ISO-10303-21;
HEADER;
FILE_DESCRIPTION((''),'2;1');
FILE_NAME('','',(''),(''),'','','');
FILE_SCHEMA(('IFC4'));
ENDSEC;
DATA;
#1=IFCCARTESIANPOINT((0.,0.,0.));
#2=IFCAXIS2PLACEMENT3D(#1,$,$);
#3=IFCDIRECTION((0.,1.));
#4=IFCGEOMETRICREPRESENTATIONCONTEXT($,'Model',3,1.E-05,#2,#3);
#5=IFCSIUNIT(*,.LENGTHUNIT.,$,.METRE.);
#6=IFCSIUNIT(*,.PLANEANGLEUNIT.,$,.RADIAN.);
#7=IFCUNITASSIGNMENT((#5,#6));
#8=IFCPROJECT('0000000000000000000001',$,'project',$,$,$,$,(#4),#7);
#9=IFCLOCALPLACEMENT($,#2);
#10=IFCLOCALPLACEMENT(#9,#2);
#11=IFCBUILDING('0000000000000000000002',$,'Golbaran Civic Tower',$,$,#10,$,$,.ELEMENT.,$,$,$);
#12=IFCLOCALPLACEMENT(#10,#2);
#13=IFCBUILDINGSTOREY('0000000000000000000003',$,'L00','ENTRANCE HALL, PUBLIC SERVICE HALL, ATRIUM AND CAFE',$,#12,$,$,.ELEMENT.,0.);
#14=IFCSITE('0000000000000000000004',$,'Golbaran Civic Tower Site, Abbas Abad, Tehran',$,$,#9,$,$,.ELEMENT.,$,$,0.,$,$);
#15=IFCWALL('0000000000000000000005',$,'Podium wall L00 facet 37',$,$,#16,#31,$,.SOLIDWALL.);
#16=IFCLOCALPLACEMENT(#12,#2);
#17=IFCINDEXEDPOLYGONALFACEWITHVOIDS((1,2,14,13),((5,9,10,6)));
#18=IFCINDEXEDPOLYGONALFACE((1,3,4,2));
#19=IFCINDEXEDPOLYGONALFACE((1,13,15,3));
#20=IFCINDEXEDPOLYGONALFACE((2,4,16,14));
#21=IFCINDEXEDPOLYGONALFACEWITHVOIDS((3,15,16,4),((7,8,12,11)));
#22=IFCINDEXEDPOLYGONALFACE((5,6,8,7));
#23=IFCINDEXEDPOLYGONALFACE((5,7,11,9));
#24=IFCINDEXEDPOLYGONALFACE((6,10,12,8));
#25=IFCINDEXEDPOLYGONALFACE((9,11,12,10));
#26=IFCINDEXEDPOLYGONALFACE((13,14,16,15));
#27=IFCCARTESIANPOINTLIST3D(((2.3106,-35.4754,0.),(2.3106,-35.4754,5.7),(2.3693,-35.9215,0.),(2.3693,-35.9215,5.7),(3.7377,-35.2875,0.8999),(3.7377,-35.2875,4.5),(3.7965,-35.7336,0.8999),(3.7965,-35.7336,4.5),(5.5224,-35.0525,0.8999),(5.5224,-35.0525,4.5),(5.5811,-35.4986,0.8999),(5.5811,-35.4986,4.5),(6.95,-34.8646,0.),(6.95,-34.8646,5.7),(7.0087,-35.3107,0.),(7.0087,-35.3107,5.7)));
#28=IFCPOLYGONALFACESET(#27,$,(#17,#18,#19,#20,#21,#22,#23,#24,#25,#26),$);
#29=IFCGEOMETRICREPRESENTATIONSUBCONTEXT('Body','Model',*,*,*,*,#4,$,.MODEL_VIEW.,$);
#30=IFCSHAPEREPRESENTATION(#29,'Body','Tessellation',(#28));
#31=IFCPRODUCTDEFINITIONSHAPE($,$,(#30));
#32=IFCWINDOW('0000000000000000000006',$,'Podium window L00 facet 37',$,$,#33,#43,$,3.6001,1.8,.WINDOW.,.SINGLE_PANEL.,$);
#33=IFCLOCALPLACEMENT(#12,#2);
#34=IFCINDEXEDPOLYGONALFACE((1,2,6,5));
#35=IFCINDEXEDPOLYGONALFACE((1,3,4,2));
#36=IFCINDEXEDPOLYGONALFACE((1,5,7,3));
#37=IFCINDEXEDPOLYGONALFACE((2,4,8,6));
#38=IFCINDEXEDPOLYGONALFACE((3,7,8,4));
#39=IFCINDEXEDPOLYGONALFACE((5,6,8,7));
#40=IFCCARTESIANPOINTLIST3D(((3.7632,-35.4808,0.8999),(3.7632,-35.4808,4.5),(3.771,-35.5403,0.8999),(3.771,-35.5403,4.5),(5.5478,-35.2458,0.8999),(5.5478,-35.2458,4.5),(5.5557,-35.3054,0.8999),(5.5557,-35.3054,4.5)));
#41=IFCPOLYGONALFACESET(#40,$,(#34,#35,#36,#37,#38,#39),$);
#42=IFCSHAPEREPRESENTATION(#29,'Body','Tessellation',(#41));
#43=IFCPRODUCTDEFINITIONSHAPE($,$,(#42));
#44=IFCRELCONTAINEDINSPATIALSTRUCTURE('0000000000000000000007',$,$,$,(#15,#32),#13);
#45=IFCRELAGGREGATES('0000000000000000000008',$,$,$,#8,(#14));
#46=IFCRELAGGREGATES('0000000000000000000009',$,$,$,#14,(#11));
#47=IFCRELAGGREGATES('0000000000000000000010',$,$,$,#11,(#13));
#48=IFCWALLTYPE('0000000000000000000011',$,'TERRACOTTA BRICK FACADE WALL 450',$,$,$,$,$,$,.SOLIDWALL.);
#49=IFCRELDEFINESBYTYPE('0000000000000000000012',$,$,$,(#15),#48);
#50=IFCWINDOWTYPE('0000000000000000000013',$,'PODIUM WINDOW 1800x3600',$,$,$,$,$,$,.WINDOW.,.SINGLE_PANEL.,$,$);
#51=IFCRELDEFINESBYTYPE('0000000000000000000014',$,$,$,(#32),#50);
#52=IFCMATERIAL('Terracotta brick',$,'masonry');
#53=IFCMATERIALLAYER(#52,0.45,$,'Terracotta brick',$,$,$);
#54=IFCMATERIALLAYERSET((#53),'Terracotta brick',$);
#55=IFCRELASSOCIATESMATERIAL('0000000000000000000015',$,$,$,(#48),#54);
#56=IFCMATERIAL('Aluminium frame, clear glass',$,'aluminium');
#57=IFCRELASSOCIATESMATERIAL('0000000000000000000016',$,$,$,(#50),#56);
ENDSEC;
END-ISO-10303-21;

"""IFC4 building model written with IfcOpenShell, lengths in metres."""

from ifc_helpers import new_model, si_unit, direction, frame, frame_2d, origin, place, context, subcontext, project, spatial, rectangle, extrude, material, layer, layer_set, type_object, element, fill, save


model = new_model("IFC4")

# Units and contexts
model_context = context("Model", 3, precision=1e-05, world=origin(), true_north=direction((0.0, 1.0)))
body_context = subcontext(model_context, "Body", "Model", "MODEL_VIEW")
ifc_project = project(units=[si_unit("LENGTHUNIT", "METRE"), si_unit("PLANEANGLEUNIT", "RADIAN")], contexts=[model_context])

# Site, building, storey
site_placement = place(None, origin())
site = spatial("IfcSite", under=ifc_project, at=site_placement, Name="Golbaran Civic Tower Site, Abbas Abad, Tehran", CompositionType="ELEMENT", RefElevation=0.0)
building_placement = place(site_placement, origin())
building = spatial("IfcBuilding", under=site, at=building_placement, Name="Golbaran Civic Tower", CompositionType="ELEMENT")
storey_placement = place(building_placement, origin())
storey = spatial("IfcBuildingStorey", under=building, at=storey_placement, Name="L00", Description="ENTRANCE HALL, PUBLIC SERVICE HALL, ATRIUM AND CAFE", CompositionType="ELEMENT", Elevation=0.0)

# Shared definitions
ifc_material_1 = material(Name="Terracotta brick", Category="masonry")
ifc_layer_1 = layer(ifc_material_1, 0.45, Name="Terracotta brick")
ifc_layer_set_1 = layer_set([ifc_layer_1], Name="Terracotta brick")
wall_type_1 = type_object("IfcWallType", Name="TERRACOTTA BRICK FACADE WALL 450", PredefinedType="SOLIDWALL", material=ifc_layer_set_1)

# Shared definitions
ifc_material_2 = material(Name="Aluminium frame, clear glass", Category="aluminium")
window_type = type_object("IfcWindowType", Name="PODIUM WINDOW 1800x3600", PartitioningType="SINGLE_PANEL", PredefinedType="WINDOW", material=ifc_material_2)

# Wall, opening, window
wall_1_placement = place(storey_placement, frame((2.3398, -35.6985, 0.0), z_axis=(0.0, 0.0, 1.0), x_axis=(0.991443, 0.130537, 0.0)))
wall_1 = element("IfcWall", 1, at=wall_1_placement, inside=storey, type_object=wall_type_1, Name="Podium wall L00 facet 37", PredefinedType="SOLIDWALL", context=body_context, shape_type="SweptSolid", body=[
    extrude(rectangle(XDim=4.6794, YDim=0.45, at=frame_2d((2.3398, 0.0))), origin(), (0.0, 0.0, 1.0), 5.7),
])
opening_1_placement = place(wall_1_placement, frame((1.4397, 0.0, 0.8999)))
opening_1 = element("IfcOpeningElement", 2, at=opening_1_placement, cuts=wall_1, PredefinedType="OPENING", context=body_context, shape_type="SweptSolid", body=[
    extrude(rectangle(XDim=1.8, YDim=3.6001, at=frame_2d((0.8999, 1.8))), frame((0.0, 0.2349, 0.0), z_axis=(0.0, -1.0, 0.0), x_axis=(1.0, 0.0, 0.0)), (0.0, 0.0, 1.0), 0.47),
])
window_1_placement = place(opening_1_placement, origin())
window_1 = element("IfcWindow", 3, at=window_1_placement, inside=storey, type_object=window_type, Name="Podium window L00 facet 37", OverallHeight=3.6001, OverallWidth=1.8, PartitioningType="SINGLE_PANEL", PredefinedType="WINDOW", context=body_context, shape_type="SweptSolid", body=[
    extrude(rectangle(XDim=1.8, YDim=3.6001, at=frame_2d((0.8999, 1.8))), frame((0.0, 0.03, 0.0), z_axis=(0.0, -1.0, 0.0), x_axis=(1.0, 0.0, 0.0)), (0.0, 0.0, 1.0), 0.0601),
])
fill(opening_1, window_1)

save(model, "model.ifc")
